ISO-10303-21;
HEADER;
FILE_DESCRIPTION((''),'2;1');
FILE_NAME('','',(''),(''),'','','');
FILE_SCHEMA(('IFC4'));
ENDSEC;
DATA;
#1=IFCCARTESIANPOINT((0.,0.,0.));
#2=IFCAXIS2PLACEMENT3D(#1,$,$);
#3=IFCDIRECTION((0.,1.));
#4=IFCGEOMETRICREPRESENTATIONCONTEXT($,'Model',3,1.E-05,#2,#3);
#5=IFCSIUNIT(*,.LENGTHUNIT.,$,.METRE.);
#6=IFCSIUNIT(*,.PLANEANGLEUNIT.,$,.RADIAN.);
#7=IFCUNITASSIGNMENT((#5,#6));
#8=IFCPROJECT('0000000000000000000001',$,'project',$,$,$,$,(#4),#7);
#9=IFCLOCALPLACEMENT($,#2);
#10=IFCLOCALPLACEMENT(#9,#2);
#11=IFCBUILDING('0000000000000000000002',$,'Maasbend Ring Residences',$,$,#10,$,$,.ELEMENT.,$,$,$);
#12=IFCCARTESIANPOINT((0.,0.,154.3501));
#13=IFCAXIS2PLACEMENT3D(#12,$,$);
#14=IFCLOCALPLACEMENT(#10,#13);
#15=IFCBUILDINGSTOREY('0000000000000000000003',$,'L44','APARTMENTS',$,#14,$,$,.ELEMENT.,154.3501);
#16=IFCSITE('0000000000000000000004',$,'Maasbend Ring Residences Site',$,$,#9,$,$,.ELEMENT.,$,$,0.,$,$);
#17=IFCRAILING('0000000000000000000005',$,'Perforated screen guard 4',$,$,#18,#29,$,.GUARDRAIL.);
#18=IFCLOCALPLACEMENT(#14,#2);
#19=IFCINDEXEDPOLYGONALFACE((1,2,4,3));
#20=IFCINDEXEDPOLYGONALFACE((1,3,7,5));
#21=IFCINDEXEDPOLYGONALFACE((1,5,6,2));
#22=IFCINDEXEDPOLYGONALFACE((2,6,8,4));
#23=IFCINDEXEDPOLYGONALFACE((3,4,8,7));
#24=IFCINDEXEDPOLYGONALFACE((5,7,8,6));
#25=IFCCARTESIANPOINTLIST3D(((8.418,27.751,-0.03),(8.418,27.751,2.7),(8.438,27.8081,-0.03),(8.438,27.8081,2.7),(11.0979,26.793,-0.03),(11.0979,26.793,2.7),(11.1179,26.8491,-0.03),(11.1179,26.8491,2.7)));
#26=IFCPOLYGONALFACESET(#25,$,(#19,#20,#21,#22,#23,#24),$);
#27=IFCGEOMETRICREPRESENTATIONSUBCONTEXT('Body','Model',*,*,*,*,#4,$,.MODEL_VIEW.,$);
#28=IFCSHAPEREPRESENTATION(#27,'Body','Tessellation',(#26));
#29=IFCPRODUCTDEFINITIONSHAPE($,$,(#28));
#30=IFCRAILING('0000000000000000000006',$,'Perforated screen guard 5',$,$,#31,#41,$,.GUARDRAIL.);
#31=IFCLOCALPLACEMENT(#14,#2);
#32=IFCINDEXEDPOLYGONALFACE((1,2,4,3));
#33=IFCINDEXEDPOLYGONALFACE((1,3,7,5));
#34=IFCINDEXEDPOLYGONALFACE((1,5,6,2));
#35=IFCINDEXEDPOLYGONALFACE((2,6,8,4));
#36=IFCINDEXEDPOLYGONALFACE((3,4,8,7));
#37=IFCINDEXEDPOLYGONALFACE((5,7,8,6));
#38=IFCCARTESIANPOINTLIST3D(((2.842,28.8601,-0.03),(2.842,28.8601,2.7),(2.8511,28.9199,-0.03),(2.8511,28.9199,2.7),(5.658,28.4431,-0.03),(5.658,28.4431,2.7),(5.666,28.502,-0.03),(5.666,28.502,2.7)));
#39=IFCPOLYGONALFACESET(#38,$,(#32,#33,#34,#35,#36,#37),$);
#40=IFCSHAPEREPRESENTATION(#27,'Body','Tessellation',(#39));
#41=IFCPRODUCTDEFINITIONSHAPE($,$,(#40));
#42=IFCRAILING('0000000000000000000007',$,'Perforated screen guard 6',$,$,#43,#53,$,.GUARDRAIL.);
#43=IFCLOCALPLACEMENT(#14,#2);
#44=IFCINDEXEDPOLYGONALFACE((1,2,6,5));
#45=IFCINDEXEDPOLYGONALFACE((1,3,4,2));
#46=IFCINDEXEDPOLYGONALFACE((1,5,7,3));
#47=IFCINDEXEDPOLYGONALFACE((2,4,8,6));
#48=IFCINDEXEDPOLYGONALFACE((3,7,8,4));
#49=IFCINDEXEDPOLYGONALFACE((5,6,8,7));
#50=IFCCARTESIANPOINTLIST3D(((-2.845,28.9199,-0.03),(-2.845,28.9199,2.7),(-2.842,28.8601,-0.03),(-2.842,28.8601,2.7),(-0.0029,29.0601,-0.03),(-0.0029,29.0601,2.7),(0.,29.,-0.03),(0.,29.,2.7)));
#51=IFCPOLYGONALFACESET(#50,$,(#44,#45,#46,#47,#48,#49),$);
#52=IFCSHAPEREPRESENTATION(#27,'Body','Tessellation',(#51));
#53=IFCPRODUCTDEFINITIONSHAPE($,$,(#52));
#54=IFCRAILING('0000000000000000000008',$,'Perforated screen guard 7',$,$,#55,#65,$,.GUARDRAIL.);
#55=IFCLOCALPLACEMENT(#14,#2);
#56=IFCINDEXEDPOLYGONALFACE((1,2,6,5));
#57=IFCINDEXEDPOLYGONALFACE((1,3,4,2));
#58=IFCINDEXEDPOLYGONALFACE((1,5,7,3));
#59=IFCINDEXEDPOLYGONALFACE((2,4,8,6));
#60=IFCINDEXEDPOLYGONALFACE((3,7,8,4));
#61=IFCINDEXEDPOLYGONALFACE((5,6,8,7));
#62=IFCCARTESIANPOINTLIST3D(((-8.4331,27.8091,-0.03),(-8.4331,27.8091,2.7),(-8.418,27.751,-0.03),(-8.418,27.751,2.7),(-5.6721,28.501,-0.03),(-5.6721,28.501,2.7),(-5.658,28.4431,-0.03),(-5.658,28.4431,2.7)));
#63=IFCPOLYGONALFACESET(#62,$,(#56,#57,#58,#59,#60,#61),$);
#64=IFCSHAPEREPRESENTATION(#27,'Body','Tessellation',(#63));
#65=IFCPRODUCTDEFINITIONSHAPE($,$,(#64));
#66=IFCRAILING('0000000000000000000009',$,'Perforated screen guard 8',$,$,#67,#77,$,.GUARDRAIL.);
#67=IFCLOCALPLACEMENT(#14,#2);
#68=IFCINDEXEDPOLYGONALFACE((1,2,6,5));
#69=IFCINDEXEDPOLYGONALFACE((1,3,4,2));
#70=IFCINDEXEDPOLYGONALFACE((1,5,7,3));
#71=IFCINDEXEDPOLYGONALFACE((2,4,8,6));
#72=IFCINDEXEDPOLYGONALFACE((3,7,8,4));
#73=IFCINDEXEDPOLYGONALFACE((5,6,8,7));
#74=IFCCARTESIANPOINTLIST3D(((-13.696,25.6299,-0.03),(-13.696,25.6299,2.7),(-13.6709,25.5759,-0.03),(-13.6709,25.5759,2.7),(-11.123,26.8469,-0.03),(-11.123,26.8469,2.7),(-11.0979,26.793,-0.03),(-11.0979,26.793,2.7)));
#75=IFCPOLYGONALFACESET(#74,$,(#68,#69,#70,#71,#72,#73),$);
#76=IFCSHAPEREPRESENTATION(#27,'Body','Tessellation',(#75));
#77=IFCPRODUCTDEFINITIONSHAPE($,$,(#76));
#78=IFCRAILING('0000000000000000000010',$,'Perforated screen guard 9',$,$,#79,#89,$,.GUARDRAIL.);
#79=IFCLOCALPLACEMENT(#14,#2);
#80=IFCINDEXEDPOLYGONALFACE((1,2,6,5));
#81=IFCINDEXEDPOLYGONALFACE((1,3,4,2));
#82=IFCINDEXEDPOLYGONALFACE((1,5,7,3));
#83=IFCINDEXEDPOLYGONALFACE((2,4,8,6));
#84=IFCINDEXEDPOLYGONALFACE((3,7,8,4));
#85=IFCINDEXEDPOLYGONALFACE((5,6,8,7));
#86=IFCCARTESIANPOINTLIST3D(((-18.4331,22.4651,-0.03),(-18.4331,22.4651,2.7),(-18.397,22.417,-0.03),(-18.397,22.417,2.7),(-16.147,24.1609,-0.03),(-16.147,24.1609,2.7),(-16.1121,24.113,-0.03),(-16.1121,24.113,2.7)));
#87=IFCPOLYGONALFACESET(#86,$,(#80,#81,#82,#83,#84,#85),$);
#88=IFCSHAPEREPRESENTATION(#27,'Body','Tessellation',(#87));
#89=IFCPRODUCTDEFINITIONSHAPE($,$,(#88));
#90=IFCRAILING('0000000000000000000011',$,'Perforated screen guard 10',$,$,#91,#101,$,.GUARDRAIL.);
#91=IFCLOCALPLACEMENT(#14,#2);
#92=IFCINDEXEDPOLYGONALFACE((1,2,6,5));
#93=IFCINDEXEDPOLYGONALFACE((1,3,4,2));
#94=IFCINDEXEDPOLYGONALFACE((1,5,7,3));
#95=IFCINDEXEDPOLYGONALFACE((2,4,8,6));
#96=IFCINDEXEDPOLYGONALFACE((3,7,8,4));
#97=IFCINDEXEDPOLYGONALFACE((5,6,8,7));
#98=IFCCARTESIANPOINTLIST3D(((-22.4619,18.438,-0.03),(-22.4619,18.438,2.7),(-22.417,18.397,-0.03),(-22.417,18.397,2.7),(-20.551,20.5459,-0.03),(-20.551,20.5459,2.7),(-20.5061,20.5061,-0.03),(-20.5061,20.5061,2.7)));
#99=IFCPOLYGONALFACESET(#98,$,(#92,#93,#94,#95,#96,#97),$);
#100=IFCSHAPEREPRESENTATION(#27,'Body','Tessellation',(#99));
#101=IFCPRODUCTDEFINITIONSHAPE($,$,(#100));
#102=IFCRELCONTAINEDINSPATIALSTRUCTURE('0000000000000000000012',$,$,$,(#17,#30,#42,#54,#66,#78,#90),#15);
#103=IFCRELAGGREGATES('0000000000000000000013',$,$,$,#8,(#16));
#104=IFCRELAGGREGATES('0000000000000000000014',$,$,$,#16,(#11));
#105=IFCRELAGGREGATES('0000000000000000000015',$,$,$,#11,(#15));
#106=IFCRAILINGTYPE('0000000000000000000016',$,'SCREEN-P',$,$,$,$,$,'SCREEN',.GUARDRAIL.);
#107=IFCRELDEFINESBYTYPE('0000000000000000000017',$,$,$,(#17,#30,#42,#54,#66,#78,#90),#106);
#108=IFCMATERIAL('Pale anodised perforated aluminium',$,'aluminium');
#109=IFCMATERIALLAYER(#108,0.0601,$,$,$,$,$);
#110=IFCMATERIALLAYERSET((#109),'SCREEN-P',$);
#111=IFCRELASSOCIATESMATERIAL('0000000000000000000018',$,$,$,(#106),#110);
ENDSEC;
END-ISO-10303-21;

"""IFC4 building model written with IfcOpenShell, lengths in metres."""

from ifc_helpers import new_model, si_unit, direction, frame, origin, place, context, subcontext, project, spatial, polyline, outline, extrude, material, layer, layer_set, type_object, element, save


model = new_model("IFC4")

# Units and contexts
model_context = context("Model", 3, precision=1e-05, world=origin(), true_north=direction((0.0, 1.0)))
body_context = subcontext(model_context, "Body", "Model", "MODEL_VIEW")
ifc_project = project(units=[si_unit("LENGTHUNIT", "METRE"), si_unit("PLANEANGLEUNIT", "RADIAN")], contexts=[model_context])

# Site, building, storey
site_placement = place(None, origin())
site = spatial("IfcSite", under=ifc_project, at=site_placement, Name="Maasbend Ring Residences Site", CompositionType="ELEMENT", RefElevation=0.0)
building_placement = place(site_placement, origin())
building = spatial("IfcBuilding", under=site, at=building_placement, Name="Maasbend Ring Residences", CompositionType="ELEMENT")
storey_placement = place(building_placement, frame((0.0, 0.0, 154.3501)))
storey = spatial("IfcBuildingStorey", under=building, at=storey_placement, Name="L44", Description="APARTMENTS", CompositionType="ELEMENT", Elevation=154.3501)

# Railings
ifc_material_1 = material(Name="Pale anodised perforated aluminium", Category="aluminium")
ifc_layer_1 = layer(ifc_material_1, 0.0601)
ifc_layer_set_1 = layer_set([ifc_layer_1], Name="SCREEN-P")
railing_type = type_object("IfcRailingType", Name="SCREEN-P", ElementType="SCREEN", PredefinedType="GUARDRAIL", material=ifc_layer_set_1)
railing_1_placement = place(storey_placement, frame((0.0, 0.0, -0.03)))
element("IfcRailing", 1, at=railing_1_placement, inside=storey, type_object=railing_type, Name="Perforated screen guard 4", PredefinedType="GUARDRAIL", context=body_context, shape_type="SweptSolid", body=[
    extrude(outline(polyline([(11.0979, 26.793), (8.418, 27.751), (8.438, 27.8081), (11.1179, 26.8491), (11.0979, 26.793)])), origin(), (0.0, 0.0, 1.0), 2.73),
])
railing_2_placement = place(storey_placement, frame((0.0, 0.0, -0.03)))
element("IfcRailing", 2, at=railing_2_placement, inside=storey, type_object=railing_type, Name="Perforated screen guard 5", PredefinedType="GUARDRAIL", context=body_context, shape_type="SweptSolid", body=[
    extrude(outline(polyline([(5.658, 28.4431), (2.842, 28.8601), (2.8511, 28.9199), (5.666, 28.502), (5.658, 28.4431)])), origin(), (0.0, 0.0, 1.0), 2.73),
])
railing_3_placement = place(storey_placement, frame((0.0, 0.0, -0.03)))
element("IfcRailing", 3, at=railing_3_placement, inside=storey, type_object=railing_type, Name="Perforated screen guard 6", PredefinedType="GUARDRAIL", context=body_context, shape_type="SweptSolid", body=[
    extrude(outline(polyline([(0.0, 29.0), (-2.842, 28.8601), (-2.845, 28.9199), (-0.0029, 29.0601), (0.0, 29.0)])), origin(), (0.0, 0.0, 1.0), 2.73),
])
railing_4_placement = place(storey_placement, frame((0.0, 0.0, -0.03)))
element("IfcRailing", 4, at=railing_4_placement, inside=storey, type_object=railing_type, Name="Perforated screen guard 7", PredefinedType="GUARDRAIL", context=body_context, shape_type="SweptSolid", body=[
    extrude(outline(polyline([(-5.658, 28.4431), (-8.418, 27.751), (-8.4331, 27.8091), (-5.6721, 28.501), (-5.658, 28.4431)])), origin(), (0.0, 0.0, 1.0), 2.73),
])
railing_5_placement = place(storey_placement, frame((0.0, 0.0, -0.03)))
element("IfcRailing", 5, at=railing_5_placement, inside=storey, type_object=railing_type, Name="Perforated screen guard 8", PredefinedType="GUARDRAIL", context=body_context, shape_type="SweptSolid", body=[
    extrude(outline(polyline([(-11.0979, 26.793), (-13.6709, 25.5759), (-13.696, 25.6299), (-11.123, 26.8469), (-11.0979, 26.793)])), origin(), (0.0, 0.0, 1.0), 2.73),
])
railing_6_placement = place(storey_placement, frame((0.0, 0.0, -0.03)))
element("IfcRailing", 6, at=railing_6_placement, inside=storey, type_object=railing_type, Name="Perforated screen guard 9", PredefinedType="GUARDRAIL", context=body_context, shape_type="SweptSolid", body=[
    extrude(outline(polyline([(-16.1121, 24.113), (-18.397, 22.417), (-18.4331, 22.4651), (-16.147, 24.1609), (-16.1121, 24.113)])), origin(), (0.0, 0.0, 1.0), 2.73),
])
railing_7_placement = place(storey_placement, frame((0.0, 0.0, -0.03)))
element("IfcRailing", 7, at=railing_7_placement, inside=storey, type_object=railing_type, Name="Perforated screen guard 10", PredefinedType="GUARDRAIL", context=body_context, shape_type="SweptSolid", body=[
    extrude(outline(polyline([(-20.5061, 20.5061), (-22.417, 18.397), (-22.4619, 18.438), (-20.551, 20.5459), (-20.5061, 20.5061)])), origin(), (0.0, 0.0, 1.0), 2.73),
])

save(model, "model.ifc")
